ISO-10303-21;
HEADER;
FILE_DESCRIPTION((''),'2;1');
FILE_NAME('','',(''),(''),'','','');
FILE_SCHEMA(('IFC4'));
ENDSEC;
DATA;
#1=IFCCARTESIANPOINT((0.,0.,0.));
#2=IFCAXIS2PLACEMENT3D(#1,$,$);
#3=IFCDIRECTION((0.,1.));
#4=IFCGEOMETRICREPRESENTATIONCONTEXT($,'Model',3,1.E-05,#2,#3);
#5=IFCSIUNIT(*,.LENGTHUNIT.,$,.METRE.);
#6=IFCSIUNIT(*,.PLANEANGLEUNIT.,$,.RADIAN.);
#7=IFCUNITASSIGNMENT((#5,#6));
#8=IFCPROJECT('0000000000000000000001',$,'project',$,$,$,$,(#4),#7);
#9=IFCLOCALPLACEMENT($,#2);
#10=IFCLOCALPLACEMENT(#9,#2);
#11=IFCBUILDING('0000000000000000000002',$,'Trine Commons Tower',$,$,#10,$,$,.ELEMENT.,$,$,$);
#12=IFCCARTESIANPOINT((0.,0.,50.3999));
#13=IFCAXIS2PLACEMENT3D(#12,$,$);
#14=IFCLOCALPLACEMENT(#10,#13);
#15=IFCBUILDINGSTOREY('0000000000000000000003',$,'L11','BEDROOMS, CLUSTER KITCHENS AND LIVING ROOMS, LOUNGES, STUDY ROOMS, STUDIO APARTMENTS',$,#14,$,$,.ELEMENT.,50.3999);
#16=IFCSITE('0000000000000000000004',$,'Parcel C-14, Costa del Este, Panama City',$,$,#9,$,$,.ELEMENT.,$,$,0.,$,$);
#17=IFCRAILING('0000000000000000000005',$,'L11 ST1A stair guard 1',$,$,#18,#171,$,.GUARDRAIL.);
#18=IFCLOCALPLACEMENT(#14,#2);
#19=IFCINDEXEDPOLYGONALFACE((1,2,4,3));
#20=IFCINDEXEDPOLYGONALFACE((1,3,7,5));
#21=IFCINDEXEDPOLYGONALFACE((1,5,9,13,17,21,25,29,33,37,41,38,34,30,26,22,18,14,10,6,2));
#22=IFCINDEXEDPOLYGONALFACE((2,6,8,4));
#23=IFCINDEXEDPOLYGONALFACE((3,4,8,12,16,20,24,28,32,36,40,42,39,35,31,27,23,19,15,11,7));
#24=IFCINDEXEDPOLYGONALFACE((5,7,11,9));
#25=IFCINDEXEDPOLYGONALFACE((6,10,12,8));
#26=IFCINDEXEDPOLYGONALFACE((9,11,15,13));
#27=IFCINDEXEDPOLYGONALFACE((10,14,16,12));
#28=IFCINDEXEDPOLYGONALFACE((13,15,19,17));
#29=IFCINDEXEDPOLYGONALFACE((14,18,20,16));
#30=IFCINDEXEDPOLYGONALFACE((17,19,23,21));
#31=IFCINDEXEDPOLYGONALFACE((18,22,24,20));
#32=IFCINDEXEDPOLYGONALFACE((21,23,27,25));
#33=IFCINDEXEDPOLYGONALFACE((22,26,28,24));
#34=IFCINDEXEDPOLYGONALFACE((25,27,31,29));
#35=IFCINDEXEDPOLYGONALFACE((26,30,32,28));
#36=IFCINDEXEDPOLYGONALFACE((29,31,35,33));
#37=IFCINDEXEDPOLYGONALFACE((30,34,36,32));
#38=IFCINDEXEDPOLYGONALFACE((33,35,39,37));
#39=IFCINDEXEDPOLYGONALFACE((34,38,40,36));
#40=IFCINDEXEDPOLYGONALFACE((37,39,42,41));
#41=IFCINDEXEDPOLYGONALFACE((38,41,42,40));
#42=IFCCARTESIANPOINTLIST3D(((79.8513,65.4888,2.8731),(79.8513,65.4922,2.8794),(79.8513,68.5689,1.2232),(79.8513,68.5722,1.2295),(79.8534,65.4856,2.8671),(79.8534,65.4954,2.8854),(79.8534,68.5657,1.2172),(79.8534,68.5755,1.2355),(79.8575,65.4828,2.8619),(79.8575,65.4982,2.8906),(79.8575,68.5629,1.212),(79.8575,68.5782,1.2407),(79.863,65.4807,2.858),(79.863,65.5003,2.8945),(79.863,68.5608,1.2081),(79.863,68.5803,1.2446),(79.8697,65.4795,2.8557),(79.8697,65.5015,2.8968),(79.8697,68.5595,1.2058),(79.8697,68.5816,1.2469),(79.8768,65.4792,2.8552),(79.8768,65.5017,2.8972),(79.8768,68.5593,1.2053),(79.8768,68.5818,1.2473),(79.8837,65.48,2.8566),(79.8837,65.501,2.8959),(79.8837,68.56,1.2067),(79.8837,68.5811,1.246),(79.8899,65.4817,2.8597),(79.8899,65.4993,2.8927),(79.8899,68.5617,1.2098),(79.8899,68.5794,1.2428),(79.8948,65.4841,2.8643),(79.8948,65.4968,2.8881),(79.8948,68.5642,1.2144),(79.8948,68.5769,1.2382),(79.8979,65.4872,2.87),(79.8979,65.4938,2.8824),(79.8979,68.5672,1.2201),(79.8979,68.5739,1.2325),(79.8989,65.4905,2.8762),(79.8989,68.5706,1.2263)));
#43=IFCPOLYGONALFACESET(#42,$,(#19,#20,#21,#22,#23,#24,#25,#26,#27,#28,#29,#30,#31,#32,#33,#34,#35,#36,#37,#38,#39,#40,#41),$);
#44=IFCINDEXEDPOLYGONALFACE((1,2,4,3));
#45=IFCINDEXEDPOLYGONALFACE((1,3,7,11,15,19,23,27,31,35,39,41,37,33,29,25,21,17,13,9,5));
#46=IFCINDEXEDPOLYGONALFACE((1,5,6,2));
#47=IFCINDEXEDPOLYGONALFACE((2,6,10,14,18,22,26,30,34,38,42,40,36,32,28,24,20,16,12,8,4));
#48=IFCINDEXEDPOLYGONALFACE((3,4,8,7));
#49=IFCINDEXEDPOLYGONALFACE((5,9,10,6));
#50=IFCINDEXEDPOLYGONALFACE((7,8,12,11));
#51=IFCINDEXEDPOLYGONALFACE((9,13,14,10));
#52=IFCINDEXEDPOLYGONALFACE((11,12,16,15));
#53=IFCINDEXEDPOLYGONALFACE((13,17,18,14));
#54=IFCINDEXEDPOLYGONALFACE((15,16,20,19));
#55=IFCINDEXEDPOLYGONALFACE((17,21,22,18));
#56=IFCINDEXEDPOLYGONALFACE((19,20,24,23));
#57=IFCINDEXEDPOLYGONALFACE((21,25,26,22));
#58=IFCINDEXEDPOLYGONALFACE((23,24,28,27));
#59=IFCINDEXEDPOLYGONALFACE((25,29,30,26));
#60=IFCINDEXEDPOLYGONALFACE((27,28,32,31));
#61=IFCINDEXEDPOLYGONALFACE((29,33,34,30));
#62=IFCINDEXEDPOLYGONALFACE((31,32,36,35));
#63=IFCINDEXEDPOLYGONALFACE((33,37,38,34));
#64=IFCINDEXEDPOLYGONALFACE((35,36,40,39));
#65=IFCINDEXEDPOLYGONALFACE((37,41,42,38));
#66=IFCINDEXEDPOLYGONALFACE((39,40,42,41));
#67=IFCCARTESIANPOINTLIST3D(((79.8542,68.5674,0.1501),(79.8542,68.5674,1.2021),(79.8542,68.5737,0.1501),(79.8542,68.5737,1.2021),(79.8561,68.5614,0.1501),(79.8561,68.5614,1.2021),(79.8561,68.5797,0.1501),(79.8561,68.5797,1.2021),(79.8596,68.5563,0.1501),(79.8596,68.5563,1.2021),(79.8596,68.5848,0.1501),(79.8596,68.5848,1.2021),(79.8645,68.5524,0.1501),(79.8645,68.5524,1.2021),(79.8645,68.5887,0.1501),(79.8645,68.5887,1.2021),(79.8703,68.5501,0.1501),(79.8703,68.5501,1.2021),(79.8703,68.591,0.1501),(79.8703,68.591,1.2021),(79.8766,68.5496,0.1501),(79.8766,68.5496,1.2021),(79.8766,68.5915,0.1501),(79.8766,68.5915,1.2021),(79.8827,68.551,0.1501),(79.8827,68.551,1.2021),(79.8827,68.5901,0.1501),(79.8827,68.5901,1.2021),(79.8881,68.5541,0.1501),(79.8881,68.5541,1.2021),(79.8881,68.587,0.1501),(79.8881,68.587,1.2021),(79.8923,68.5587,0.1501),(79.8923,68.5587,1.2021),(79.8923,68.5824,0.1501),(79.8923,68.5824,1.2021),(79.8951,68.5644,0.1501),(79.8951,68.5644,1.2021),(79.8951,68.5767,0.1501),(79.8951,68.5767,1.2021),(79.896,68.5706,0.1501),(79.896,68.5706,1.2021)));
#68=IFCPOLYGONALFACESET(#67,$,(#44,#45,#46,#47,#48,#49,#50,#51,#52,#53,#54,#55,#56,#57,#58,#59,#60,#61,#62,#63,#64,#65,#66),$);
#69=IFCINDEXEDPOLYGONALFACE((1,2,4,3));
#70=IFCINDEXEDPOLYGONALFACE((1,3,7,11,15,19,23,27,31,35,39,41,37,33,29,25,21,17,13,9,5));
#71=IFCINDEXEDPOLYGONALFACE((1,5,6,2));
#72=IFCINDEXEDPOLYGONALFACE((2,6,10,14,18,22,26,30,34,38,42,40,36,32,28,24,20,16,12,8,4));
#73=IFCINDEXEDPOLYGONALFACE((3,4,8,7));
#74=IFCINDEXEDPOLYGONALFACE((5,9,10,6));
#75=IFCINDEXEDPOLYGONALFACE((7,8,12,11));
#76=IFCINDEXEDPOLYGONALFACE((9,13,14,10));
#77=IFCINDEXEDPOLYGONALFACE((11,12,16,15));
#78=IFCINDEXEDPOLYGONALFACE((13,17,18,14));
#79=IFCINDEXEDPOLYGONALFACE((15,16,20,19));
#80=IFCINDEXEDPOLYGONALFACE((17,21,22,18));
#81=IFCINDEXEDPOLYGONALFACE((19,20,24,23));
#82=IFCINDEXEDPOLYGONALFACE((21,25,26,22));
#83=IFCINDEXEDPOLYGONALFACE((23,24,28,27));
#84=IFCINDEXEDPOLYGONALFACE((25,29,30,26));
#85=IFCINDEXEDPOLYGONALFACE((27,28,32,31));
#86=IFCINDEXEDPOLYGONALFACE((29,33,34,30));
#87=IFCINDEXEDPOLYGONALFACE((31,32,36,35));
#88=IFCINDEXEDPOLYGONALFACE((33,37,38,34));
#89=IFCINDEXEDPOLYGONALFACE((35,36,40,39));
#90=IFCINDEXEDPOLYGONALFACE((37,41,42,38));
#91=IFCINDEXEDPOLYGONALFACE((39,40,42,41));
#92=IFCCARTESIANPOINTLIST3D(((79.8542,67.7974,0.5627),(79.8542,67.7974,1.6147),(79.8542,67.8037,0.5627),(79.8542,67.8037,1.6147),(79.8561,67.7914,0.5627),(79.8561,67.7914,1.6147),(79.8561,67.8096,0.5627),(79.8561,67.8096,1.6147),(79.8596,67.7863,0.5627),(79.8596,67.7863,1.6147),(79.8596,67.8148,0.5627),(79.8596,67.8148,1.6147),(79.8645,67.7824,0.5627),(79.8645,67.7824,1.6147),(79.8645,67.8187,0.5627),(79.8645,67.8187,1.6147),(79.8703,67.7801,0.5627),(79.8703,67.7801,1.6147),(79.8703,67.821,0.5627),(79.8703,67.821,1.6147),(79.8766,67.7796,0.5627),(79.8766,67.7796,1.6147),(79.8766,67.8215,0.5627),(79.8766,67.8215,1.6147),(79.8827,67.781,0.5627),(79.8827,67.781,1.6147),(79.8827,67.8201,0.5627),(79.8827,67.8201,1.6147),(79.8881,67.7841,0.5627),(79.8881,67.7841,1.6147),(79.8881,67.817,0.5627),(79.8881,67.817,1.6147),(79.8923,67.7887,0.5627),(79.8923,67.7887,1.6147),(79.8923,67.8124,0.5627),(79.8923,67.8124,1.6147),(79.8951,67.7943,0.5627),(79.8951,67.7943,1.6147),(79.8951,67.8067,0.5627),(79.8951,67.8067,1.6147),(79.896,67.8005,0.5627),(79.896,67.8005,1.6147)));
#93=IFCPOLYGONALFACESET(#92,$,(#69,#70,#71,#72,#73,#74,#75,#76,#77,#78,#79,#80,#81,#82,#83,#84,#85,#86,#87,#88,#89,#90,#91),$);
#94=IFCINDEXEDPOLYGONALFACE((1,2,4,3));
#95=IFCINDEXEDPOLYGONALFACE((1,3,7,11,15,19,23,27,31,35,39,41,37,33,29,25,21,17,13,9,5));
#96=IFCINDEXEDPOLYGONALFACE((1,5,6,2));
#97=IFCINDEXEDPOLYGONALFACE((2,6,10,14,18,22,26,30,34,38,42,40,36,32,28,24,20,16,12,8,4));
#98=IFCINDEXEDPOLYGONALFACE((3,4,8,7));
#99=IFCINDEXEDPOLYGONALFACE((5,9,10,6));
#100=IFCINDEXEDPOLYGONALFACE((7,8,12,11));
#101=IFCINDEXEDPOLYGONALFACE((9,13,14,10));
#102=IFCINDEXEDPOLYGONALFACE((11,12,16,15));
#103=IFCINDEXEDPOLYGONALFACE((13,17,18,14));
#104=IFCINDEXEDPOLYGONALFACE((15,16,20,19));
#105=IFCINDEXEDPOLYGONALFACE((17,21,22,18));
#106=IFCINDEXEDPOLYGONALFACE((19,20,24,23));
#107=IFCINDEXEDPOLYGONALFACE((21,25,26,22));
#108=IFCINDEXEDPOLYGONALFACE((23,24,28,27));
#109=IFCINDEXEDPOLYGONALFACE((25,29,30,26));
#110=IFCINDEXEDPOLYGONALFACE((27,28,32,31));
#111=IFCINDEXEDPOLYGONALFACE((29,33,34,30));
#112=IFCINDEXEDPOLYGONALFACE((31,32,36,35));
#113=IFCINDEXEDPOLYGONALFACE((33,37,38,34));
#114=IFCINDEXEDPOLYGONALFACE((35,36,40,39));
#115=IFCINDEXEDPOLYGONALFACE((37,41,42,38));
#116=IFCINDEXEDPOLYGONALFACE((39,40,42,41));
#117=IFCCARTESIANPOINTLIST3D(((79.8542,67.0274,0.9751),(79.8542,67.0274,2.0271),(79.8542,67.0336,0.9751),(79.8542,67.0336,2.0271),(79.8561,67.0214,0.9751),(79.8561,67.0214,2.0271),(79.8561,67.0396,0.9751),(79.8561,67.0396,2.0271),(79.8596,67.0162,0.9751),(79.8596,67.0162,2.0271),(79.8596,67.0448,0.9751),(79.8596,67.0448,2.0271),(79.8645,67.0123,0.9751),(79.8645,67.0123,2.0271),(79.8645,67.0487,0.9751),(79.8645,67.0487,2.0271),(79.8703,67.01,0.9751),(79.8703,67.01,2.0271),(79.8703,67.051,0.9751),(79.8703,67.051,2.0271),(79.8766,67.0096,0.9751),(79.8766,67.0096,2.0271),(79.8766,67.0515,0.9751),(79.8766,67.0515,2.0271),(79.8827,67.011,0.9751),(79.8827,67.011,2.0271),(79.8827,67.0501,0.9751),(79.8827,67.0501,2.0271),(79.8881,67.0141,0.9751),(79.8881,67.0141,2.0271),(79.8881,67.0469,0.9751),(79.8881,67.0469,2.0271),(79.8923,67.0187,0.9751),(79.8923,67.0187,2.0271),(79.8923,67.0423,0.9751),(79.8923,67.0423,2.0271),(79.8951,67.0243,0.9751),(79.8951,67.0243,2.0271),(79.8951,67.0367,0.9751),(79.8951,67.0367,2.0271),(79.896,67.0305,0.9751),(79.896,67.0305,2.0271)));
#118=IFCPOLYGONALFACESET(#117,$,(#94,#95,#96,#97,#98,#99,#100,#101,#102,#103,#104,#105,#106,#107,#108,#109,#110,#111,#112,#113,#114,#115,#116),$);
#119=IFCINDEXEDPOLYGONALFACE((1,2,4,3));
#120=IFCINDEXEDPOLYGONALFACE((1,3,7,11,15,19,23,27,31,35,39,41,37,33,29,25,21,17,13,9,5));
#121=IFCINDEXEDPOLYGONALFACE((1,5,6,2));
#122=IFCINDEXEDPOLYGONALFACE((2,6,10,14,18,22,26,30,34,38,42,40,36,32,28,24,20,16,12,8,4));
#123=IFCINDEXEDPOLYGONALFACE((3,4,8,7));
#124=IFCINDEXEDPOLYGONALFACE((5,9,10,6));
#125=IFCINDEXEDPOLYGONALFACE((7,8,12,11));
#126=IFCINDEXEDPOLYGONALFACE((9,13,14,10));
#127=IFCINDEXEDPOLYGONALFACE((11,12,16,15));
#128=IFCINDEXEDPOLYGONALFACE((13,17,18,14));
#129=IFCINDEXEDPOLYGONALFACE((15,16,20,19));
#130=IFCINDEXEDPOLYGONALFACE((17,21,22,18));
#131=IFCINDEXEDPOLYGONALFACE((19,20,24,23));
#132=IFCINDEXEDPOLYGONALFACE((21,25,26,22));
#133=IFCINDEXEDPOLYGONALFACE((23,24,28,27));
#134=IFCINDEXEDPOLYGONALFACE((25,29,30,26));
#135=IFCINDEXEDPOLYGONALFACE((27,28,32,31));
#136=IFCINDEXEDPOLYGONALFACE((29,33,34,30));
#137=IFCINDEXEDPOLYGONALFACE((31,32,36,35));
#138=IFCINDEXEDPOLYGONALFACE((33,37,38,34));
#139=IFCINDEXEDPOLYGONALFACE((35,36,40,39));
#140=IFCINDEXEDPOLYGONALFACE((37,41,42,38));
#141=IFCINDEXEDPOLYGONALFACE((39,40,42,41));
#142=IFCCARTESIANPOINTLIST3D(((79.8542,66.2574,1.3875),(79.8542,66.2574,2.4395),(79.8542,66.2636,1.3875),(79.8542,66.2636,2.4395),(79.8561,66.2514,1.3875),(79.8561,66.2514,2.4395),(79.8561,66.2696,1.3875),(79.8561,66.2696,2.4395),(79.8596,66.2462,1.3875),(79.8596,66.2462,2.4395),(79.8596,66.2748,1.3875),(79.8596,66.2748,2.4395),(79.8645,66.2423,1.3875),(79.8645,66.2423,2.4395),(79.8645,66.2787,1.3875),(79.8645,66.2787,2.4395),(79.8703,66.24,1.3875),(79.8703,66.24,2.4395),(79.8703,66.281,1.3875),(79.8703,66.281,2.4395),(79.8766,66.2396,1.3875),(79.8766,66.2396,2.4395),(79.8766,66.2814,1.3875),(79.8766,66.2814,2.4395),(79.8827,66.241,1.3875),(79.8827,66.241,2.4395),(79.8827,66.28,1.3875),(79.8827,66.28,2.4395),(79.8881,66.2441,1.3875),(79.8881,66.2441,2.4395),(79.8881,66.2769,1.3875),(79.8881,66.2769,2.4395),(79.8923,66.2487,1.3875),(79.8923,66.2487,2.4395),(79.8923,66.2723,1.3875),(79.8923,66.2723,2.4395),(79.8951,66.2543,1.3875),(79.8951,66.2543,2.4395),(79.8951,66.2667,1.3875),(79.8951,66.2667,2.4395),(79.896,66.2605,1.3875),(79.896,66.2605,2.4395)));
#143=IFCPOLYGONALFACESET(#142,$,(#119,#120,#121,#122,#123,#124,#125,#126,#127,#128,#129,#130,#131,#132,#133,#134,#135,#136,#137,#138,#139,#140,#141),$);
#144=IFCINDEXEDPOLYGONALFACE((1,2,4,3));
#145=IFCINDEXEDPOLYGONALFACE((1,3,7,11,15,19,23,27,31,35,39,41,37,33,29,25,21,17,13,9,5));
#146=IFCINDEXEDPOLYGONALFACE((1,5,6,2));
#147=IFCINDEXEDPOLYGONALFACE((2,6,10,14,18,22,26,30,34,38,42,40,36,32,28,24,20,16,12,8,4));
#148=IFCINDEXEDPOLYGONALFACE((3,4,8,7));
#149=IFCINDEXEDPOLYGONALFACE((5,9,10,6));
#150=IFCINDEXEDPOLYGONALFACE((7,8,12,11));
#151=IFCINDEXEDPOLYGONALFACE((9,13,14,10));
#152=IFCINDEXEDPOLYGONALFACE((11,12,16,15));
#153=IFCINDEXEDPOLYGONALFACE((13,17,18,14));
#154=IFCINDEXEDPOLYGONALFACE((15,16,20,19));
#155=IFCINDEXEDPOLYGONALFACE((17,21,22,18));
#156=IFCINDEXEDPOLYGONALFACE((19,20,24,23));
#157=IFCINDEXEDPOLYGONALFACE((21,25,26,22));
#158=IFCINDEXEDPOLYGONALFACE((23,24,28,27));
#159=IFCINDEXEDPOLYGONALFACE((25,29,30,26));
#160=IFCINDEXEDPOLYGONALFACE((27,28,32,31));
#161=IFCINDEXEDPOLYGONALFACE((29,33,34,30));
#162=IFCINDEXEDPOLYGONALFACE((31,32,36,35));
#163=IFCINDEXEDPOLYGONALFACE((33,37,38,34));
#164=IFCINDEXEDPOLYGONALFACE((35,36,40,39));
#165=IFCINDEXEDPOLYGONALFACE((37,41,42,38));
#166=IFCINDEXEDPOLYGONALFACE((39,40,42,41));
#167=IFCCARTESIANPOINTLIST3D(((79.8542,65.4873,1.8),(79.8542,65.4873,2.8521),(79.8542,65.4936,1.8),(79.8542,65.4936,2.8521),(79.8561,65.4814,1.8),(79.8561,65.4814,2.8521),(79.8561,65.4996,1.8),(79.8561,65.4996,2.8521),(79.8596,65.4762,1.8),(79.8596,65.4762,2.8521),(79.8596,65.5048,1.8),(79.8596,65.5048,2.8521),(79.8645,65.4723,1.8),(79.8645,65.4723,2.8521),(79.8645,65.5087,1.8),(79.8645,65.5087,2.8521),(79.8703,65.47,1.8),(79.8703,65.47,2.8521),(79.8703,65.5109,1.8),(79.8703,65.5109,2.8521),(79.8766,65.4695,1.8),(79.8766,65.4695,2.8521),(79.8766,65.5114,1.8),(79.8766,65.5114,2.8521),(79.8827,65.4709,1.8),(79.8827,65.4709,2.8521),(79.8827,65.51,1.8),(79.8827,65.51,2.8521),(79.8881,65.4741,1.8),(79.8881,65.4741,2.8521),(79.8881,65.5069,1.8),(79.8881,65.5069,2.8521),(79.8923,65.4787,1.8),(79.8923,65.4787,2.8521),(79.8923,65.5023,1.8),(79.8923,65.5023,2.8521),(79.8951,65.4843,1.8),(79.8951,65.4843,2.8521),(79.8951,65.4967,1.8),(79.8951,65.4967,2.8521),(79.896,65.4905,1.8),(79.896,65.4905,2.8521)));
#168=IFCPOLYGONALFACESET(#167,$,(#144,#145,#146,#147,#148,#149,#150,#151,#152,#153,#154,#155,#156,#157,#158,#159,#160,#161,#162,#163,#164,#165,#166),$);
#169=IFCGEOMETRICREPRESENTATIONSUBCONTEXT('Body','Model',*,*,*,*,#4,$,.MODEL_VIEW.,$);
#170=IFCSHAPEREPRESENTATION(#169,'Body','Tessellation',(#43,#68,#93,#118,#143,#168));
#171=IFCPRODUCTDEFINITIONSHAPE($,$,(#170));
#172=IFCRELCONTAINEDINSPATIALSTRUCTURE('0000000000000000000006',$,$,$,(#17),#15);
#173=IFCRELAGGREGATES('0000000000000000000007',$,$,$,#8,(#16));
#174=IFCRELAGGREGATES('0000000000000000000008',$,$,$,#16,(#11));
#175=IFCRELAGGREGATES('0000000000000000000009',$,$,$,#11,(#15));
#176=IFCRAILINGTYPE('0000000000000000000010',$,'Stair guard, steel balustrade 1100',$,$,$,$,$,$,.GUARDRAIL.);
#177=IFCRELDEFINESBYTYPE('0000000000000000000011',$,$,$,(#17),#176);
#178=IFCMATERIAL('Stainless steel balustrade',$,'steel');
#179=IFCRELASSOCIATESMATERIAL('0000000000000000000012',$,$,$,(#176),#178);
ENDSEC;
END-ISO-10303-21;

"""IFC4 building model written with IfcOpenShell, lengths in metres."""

from ifc_helpers import new_model, si_unit, direction, frame, origin, origin_2d, place, context, subcontext, project, spatial, circle, extrude, material, type_object, element, save


model = new_model("IFC4")

# Units and contexts
model_context = context("Model", 3, precision=1e-05, world=origin(), true_north=direction((0.0, 1.0)))
body_context = subcontext(model_context, "Body", "Model", "MODEL_VIEW")
ifc_project = project(units=[si_unit("LENGTHUNIT", "METRE"), si_unit("PLANEANGLEUNIT", "RADIAN")], contexts=[model_context])

# Site, building, storey
site_placement = place(None, origin())
site = spatial("IfcSite", under=ifc_project, at=site_placement, Name="Parcel C-14, Costa del Este, Panama City", CompositionType="ELEMENT", RefElevation=0.0)
building_placement = place(site_placement, origin())
building = spatial("IfcBuilding", under=site, at=building_placement, Name="Trine Commons Tower", CompositionType="ELEMENT")
storey_placement = place(building_placement, frame((0.0, 0.0, 50.3999)))
storey = spatial("IfcBuildingStorey", under=building, at=storey_placement, Name="L11", Description="BEDROOMS, CLUSTER KITCHENS AND LIVING ROOMS, LOUNGES, STUDY ROOMS, STUDIO APARTMENTS", CompositionType="ELEMENT", Elevation=50.3999)

# Railing
ifc_material_1 = material(Name="Stainless steel balustrade", Category="steel")
railing_type_1 = type_object("IfcRailingType", Name="Stair guard, steel balustrade 1100", PredefinedType="GUARDRAIL", material=ifc_material_1)
railing_1_placement = place(storey_placement, frame((79.875, 68.5706, 0.1501)))
element("IfcRailing", 1, at=railing_1_placement, inside=storey, type_object=railing_type_1, Name="L11 ST1A stair guard 1", PredefinedType="GUARDRAIL", context=body_context, shape_type="SweptSolid", body=[
    extrude(circle(Radius=0.0239, at=origin_2d()), frame((0.0, 0.0, 1.0762), z_axis=(0.0, -0.881497, 0.47219), x_axis=(1.0, 0.0, 0.0)), (0.0, 0.0, 1.0), 3.4941),
    extrude(circle(Radius=0.021, at=origin_2d()), origin(), (0.0, 0.0, 1.0), 1.052),
    extrude(circle(Radius=0.021, at=origin_2d()), frame((0.0, -0.77, 0.4126)), (0.0, 0.0, 1.0), 1.052),
    extrude(circle(Radius=0.021, at=origin_2d()), frame((0.0, -1.54, 0.825)), (0.0, 0.0, 1.0), 1.052),
    extrude(circle(Radius=0.021, at=origin_2d()), frame((0.0, -2.3101, 1.2373)), (0.0, 0.0, 1.0), 1.052),
    extrude(circle(Radius=0.021, at=origin_2d()), frame((0.0, -3.0801, 1.6499)), (0.0, 0.0, 1.0), 1.052),
])

save(model, "model.ifc")
